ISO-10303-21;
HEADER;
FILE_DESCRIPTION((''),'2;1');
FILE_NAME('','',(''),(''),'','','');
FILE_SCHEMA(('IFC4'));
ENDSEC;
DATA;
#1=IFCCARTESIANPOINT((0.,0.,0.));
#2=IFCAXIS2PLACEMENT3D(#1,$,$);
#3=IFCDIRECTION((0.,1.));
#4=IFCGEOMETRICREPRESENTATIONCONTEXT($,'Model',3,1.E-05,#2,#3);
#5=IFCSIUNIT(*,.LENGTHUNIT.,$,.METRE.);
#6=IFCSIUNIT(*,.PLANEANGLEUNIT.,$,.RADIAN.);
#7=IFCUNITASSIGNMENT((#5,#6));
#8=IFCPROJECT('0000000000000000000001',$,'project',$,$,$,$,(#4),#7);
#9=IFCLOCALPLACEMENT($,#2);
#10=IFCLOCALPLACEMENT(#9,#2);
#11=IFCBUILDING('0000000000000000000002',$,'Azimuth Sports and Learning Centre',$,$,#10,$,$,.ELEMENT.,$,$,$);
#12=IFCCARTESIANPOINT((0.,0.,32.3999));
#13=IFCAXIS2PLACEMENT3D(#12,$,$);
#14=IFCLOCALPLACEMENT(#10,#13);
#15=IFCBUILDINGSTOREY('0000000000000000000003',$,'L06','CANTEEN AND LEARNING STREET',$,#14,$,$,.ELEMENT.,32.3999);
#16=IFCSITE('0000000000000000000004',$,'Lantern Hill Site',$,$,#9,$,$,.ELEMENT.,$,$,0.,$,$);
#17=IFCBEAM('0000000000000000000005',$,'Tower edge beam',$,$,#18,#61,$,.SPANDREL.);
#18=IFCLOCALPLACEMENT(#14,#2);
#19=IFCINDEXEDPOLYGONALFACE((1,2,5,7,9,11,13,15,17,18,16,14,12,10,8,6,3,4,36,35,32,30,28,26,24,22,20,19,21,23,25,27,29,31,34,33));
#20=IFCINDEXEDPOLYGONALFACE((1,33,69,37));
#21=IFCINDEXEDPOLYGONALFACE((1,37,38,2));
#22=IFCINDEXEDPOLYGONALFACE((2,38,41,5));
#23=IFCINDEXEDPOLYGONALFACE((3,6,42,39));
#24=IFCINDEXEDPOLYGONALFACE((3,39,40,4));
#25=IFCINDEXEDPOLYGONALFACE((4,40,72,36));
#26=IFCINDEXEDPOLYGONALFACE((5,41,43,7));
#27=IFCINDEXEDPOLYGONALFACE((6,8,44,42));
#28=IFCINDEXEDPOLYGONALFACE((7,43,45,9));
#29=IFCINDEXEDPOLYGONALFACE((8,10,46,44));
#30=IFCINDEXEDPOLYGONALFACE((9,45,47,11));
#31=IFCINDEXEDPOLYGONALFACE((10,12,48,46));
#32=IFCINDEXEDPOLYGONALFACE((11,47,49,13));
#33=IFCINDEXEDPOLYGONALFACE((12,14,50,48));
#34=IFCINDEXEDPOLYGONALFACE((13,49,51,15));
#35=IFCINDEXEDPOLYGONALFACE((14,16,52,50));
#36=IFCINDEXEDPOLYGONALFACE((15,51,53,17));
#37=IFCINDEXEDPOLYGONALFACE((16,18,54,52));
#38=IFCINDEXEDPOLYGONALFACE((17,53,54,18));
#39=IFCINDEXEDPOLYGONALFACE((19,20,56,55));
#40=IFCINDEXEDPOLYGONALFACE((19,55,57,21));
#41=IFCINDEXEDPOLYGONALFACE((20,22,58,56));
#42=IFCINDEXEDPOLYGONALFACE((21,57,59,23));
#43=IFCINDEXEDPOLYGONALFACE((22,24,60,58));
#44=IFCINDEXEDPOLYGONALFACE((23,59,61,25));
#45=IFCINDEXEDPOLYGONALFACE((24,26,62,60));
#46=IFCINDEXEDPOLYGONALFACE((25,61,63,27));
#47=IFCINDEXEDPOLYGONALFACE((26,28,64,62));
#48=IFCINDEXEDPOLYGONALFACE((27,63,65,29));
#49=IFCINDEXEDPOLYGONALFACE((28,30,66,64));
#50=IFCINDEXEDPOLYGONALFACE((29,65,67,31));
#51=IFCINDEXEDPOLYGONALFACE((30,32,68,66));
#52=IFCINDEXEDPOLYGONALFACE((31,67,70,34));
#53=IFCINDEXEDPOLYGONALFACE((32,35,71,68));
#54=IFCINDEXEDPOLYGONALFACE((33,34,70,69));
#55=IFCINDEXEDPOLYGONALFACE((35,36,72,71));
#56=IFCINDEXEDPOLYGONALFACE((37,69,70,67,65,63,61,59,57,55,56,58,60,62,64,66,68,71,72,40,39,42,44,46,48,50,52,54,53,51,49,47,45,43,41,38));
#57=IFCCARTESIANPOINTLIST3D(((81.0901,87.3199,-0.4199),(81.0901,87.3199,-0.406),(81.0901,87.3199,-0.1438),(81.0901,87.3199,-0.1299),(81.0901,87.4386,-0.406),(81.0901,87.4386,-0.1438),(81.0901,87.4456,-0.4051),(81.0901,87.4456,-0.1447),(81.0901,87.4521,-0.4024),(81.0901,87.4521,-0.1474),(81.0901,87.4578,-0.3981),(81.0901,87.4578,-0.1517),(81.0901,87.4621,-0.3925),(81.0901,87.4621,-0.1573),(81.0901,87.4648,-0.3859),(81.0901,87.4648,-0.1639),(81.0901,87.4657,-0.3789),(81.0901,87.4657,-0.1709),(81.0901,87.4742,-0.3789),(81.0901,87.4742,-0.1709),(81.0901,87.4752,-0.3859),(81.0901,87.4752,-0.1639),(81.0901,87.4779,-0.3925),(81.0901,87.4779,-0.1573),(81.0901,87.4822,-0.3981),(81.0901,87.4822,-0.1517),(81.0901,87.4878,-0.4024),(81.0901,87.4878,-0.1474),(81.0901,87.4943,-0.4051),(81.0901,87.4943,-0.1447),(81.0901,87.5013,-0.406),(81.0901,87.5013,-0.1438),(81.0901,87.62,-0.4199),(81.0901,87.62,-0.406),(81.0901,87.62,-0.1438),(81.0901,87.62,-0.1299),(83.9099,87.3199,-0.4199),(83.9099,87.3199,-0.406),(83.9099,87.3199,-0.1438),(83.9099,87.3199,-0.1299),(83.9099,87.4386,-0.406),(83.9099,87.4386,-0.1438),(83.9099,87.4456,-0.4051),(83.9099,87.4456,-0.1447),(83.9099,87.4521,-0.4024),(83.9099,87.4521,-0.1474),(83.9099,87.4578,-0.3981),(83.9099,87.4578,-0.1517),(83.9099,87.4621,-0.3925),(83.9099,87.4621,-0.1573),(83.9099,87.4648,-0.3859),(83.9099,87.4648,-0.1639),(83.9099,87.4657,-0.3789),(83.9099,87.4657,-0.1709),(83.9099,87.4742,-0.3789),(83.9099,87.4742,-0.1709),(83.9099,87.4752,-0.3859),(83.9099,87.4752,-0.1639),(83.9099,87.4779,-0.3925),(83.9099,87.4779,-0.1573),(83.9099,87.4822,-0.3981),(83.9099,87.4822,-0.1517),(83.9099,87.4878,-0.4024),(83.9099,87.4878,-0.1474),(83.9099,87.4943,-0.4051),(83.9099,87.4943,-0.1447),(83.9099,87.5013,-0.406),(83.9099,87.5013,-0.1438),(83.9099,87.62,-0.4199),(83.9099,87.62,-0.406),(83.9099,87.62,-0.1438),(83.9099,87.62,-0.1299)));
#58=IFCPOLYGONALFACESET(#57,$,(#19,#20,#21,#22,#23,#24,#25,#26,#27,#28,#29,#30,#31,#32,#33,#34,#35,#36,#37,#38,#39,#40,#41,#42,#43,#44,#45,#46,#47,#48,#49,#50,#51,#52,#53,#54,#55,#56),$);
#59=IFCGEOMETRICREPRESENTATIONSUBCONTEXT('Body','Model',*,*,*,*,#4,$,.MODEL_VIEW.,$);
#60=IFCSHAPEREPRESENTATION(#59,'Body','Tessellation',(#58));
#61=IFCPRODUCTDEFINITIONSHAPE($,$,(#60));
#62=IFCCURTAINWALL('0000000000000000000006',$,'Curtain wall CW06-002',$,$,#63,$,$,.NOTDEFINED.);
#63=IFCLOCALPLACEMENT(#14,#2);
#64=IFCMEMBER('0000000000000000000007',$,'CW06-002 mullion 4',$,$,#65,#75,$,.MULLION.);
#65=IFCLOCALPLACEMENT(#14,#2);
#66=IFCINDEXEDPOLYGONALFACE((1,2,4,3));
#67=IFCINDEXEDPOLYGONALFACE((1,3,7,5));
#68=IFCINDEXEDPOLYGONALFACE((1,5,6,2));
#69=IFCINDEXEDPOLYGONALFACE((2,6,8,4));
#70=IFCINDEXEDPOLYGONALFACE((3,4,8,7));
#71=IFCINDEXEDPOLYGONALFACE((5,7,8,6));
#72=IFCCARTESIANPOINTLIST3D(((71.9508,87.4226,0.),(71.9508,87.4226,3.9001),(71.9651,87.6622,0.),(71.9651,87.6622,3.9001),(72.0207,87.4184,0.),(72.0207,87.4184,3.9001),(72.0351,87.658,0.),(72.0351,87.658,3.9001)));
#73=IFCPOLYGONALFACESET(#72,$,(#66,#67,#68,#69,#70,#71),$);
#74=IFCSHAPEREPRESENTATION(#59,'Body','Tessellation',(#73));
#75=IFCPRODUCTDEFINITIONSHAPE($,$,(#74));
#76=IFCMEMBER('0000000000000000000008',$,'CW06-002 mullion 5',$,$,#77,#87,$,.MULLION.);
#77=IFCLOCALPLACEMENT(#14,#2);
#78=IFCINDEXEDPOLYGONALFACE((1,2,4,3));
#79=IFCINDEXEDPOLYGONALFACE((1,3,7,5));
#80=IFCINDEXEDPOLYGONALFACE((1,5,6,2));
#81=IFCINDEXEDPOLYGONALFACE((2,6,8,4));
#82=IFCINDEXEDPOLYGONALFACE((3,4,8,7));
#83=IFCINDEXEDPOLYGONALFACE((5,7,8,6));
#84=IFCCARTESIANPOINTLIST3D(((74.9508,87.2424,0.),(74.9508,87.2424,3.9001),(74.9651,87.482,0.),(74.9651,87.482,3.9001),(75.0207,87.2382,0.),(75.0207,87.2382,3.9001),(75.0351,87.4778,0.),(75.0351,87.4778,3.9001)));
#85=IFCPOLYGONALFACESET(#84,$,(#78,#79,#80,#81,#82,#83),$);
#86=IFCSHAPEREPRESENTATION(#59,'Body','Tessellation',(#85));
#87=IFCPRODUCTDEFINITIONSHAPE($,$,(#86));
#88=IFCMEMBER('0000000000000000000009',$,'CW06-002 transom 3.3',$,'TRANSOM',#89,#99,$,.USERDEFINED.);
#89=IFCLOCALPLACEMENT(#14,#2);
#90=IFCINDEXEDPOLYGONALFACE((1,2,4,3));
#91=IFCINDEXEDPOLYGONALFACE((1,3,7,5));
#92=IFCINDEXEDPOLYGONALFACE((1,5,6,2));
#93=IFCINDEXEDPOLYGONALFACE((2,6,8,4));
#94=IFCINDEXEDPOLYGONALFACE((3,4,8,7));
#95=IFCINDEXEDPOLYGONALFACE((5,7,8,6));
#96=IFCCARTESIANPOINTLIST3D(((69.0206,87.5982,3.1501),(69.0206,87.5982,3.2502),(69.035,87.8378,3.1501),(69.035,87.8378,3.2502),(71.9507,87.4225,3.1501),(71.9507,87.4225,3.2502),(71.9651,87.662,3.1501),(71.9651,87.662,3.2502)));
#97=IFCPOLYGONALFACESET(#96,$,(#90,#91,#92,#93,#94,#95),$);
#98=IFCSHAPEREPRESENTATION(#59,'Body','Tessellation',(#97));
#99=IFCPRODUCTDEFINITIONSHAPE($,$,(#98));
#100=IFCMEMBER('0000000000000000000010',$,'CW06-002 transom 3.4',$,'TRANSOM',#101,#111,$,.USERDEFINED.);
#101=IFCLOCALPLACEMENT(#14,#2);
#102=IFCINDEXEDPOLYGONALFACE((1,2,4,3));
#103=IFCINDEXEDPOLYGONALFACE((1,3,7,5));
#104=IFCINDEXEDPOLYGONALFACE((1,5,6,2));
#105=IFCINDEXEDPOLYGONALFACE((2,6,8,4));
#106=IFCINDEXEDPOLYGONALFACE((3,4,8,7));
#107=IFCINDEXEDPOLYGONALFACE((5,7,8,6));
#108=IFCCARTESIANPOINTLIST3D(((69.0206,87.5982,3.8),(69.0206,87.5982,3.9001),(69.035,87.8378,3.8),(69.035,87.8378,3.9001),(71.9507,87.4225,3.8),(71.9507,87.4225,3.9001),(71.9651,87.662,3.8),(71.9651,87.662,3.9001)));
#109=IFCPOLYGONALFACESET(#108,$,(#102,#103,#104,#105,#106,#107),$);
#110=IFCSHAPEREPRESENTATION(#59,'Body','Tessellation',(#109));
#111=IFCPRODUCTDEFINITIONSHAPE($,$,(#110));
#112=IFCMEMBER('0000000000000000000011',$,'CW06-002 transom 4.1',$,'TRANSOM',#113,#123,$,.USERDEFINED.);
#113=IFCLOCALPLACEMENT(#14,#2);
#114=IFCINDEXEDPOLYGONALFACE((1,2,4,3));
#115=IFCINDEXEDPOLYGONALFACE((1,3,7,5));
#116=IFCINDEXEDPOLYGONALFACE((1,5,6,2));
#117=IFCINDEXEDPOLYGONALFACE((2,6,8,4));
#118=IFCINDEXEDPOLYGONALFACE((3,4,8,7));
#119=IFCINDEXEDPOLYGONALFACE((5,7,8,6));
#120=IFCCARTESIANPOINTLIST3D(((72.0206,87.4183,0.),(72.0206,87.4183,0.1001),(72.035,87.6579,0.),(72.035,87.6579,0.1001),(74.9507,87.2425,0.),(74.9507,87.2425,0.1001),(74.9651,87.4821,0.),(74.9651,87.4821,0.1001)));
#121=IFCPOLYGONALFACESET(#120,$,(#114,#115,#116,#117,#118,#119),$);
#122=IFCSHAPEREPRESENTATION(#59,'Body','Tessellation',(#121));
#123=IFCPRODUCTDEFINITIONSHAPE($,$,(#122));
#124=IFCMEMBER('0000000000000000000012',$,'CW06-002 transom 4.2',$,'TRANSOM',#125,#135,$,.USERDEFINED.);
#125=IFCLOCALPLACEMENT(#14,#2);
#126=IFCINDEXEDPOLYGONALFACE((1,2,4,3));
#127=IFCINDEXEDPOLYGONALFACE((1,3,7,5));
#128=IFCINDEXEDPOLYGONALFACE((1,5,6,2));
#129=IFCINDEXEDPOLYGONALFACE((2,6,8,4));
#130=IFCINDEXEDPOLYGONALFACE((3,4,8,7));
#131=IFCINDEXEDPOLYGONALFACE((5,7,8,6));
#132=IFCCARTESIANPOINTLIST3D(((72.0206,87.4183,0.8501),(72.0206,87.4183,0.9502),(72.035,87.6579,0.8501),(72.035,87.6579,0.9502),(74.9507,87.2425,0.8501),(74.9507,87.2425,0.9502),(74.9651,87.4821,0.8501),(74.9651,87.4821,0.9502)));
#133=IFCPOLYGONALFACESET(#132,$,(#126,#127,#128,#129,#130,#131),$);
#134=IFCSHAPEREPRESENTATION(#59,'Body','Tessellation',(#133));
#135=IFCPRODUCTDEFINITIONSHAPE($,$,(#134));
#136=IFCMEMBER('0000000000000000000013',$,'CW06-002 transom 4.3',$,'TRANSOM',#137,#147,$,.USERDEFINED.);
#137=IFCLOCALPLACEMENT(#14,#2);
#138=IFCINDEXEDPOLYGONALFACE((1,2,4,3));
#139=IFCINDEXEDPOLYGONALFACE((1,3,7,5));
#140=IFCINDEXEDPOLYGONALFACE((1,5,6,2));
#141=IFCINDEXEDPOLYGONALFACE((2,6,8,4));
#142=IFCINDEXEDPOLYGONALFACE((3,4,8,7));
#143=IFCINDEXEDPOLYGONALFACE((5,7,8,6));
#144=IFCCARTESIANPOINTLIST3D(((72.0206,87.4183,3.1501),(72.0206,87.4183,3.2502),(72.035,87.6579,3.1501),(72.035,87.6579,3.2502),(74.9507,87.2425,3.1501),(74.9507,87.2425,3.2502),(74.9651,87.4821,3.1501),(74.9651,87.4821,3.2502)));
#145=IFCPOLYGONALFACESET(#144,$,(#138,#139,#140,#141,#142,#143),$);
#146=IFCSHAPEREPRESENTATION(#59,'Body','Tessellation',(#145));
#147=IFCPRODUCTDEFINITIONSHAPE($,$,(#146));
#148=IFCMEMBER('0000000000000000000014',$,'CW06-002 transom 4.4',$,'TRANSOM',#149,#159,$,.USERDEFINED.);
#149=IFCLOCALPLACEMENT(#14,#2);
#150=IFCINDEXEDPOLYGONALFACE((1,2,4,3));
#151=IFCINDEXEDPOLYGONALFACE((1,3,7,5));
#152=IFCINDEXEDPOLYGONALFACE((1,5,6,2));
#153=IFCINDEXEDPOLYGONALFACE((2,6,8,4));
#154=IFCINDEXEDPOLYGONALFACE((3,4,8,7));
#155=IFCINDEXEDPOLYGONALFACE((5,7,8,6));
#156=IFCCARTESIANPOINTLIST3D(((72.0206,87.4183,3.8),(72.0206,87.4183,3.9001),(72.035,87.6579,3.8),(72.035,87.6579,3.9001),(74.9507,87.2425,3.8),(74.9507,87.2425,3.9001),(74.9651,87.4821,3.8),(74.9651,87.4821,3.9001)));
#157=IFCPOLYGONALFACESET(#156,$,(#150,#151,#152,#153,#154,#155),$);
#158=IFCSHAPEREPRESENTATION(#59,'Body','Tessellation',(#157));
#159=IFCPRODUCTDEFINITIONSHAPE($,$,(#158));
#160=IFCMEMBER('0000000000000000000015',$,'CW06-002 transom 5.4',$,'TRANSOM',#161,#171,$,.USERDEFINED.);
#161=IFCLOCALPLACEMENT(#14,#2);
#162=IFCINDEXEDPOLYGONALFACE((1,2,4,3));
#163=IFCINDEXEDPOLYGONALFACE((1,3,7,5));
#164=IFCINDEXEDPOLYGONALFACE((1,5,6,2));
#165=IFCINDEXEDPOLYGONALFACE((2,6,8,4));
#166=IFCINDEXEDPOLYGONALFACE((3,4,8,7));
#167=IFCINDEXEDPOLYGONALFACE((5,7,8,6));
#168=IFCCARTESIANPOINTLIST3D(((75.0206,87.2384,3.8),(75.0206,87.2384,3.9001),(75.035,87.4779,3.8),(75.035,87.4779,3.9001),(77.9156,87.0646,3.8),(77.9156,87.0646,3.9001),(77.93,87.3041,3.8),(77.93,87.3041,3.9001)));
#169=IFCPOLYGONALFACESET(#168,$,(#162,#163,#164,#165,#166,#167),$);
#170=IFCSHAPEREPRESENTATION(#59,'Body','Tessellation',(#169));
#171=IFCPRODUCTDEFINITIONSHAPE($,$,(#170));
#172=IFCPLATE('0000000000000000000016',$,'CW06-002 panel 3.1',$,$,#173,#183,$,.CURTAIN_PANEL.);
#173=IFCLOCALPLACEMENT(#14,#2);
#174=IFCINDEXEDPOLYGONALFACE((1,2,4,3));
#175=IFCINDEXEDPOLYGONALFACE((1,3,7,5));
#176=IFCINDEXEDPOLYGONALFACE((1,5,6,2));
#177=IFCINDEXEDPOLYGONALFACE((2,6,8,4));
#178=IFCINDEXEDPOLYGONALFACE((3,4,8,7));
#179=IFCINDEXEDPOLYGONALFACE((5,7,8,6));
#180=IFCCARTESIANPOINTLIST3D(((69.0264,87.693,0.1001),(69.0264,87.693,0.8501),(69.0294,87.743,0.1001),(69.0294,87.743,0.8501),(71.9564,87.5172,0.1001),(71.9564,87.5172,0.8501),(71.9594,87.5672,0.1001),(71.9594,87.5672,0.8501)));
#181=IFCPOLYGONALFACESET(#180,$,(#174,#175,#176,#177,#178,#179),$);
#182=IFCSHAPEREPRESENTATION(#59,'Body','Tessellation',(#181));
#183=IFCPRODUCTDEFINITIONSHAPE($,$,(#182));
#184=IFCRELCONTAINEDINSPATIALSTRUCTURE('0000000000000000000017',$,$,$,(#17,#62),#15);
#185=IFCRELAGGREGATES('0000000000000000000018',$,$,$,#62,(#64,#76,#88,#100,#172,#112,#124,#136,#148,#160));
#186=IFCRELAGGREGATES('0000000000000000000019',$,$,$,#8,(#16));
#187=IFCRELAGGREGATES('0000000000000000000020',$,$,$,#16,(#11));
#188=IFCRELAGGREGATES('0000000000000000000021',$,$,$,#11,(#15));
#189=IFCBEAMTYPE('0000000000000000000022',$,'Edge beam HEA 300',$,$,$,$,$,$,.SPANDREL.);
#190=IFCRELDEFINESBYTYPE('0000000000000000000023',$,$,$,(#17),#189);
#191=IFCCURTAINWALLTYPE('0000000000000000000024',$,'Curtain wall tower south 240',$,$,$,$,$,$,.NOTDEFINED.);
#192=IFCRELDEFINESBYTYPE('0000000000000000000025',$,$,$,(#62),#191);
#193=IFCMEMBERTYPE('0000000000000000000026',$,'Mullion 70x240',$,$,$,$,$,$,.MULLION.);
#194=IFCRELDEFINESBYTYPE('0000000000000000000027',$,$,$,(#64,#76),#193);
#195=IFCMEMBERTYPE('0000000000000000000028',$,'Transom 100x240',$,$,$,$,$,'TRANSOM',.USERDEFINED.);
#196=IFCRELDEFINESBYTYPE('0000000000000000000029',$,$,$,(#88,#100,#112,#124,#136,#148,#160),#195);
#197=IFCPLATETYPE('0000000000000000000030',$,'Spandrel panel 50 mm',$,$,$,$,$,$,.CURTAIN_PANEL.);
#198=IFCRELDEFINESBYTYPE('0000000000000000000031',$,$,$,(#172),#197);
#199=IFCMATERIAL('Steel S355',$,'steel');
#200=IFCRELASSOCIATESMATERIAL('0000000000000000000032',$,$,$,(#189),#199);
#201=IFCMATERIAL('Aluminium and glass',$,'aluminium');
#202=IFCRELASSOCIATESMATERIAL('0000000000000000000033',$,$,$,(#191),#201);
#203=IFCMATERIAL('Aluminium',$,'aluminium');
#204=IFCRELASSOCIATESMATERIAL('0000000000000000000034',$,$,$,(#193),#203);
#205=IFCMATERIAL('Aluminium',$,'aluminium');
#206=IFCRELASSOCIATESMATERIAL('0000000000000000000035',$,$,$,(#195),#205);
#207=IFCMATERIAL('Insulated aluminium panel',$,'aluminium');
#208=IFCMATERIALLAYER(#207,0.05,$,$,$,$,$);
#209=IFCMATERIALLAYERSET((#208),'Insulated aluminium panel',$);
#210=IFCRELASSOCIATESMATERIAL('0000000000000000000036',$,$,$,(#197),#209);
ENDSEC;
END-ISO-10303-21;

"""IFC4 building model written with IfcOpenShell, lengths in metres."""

from ifc_helpers import new_model, si_unit, direction, frame, origin, origin_2d, place, context, subcontext, project, spatial, rectangle, i_section, extrude, material, layer, layer_set, material_profile, profile_set, type_object, element, aggregate, save


model = new_model("IFC4")

# Units and contexts
model_context = context("Model", 3, precision=1e-05, world=origin(), true_north=direction((0.0, 1.0)))
body_context = subcontext(model_context, "Body", "Model", "MODEL_VIEW")
ifc_project = project(units=[si_unit("LENGTHUNIT", "METRE"), si_unit("PLANEANGLEUNIT", "RADIAN")], contexts=[model_context])

# Site, building, storey
site_placement = place(None, origin())
site = spatial("IfcSite", under=ifc_project, at=site_placement, Name="Lantern Hill Site", CompositionType="ELEMENT", RefElevation=0.0)
building_placement = place(site_placement, origin())
building = spatial("IfcBuilding", under=site, at=building_placement, Name="Azimuth Sports and Learning Centre", CompositionType="ELEMENT")
storey_placement = place(building_placement, frame((0.0, 0.0, 32.3999)))
storey = spatial("IfcBuildingStorey", under=building, at=storey_placement, Name="L06", Description="CANTEEN AND LEARNING STREET", CompositionType="ELEMENT", Elevation=32.3999)

# Beam
ifc_material_1 = material(Name="Steel S355", Category="steel")
ifc_material_profile_1 = material_profile(ifc_material_1, i_section(OverallWidth=0.3, OverallDepth=0.29, WebThickness=0.0085, FlangeThickness=0.0139, FilletRadius=0.0271, at=origin_2d()), Name="HEA 300")
ifc_profile_set_1 = profile_set([ifc_material_profile_1], Name="Steel S355")
beam_type = type_object("IfcBeamType", Name="Edge beam HEA 300", PredefinedType="SPANDREL", material=ifc_profile_set_1)
for number, where, z_axis, x_axis, name in (
    (1, (81.0901, 87.47, -0.2749), (1.0, 0.0, 0.0), (0.0, 1.0, 0.0), "Tower edge beam"),
):
    element("IfcBeam", number, at=place(storey_placement, frame(where, z_axis=z_axis, x_axis=x_axis)), inside=storey, type_object=beam_type, Name=name, PredefinedType="SPANDREL", context=body_context, shape_type="SweptSolid", body=[
        extrude(i_section(OverallWidth=0.3, OverallDepth=0.29, WebThickness=0.0085, FlangeThickness=0.0139, FilletRadius=0.0271, at=origin_2d()), origin(), (0.0, 0.0, 1.0), 2.8198),
    ])

# Curtain wall, members, plate
ifc_material_2 = material(Name="Aluminium and glass", Category="aluminium")
curtain_wall_type = type_object("IfcCurtainWallType", Name="Curtain wall tower south 240", PredefinedType="NOTDEFINED", material=ifc_material_2)
curtain_wall_placement = place(storey_placement, origin())
curtain_wall = element("IfcCurtainWall", 2, at=curtain_wall_placement, inside=storey, type_object=curtain_wall_type, Name="Curtain wall CW06-002", PredefinedType="NOTDEFINED")
ifc_material_3 = material(Name="Aluminium", Category="aluminium")
ifc_material_profile_2 = material_profile(ifc_material_3, rectangle(XDim=0.24, YDim=0.0701, at=origin_2d()), Name="Mullion 70x240")
ifc_profile_set_2 = profile_set([ifc_material_profile_2], Name="Aluminium")
member_type_1 = type_object("IfcMemberType", Name="Mullion 70x240", PredefinedType="MULLION", material=ifc_profile_set_2)
member_1_placement = place(storey_placement, frame((71.9929, 87.5403, 0.0), z_axis=(0.0, 0.0, 1.0), x_axis=(0.059892, 0.998205, 0.0)))
member_1 = element("IfcMember", 3, at=member_1_placement, type_object=member_type_1, Name="CW06-002 mullion 4", PredefinedType="MULLION", context=body_context, shape_type="SweptSolid", body=[
    extrude(rectangle(XDim=0.24, YDim=0.0701, at=origin_2d()), origin(), (0.0, 0.0, 1.0), 3.9001),
])
member_2_placement = place(storey_placement, frame((74.9929, 87.3601, 0.0), z_axis=(0.0, 0.0, 1.0), x_axis=(0.059892, 0.998205, 0.0)))
member_2 = element("IfcMember", 4, at=member_2_placement, type_object=member_type_1, Name="CW06-002 mullion 5", PredefinedType="MULLION", context=body_context, shape_type="SweptSolid", body=[
    extrude(rectangle(XDim=0.24, YDim=0.0701, at=origin_2d()), origin(), (0.0, 0.0, 1.0), 3.9001),
])
ifc_material_4 = material(Name="Aluminium", Category="aluminium")
ifc_material_profile_3 = material_profile(ifc_material_4, rectangle(XDim=0.24, YDim=0.1001, at=origin_2d()), Name="Transom 100x240")
ifc_profile_set_3 = profile_set([ifc_material_profile_3], Name="Aluminium")
member_type_2 = type_object("IfcMemberType", Name="Transom 100x240", ElementType="TRANSOM", PredefinedType="USERDEFINED", material=ifc_profile_set_3)
member_3_placement = place(storey_placement, frame((69.0278, 87.718, 3.2002), z_axis=(0.998205, -0.059887, 0.0), x_axis=(0.059887, 0.998205, 0.0)))
member_3 = element("IfcMember", 5, at=member_3_placement, type_object=member_type_2, Name="CW06-002 transom 3.3", ObjectType="TRANSOM", PredefinedType="USERDEFINED", context=body_context, shape_type="SweptSolid", body=[
    extrude(rectangle(XDim=0.24, YDim=0.1001, at=origin_2d()), origin(), (0.0, 0.0, 1.0), 2.9353),
])
member_4_placement = place(storey_placement, frame((69.0278, 87.718, 3.8501), z_axis=(0.998205, -0.059887, 0.0), x_axis=(0.059887, 0.998205, 0.0)))
member_4 = element("IfcMember", 6, at=member_4_placement, type_object=member_type_2, Name="CW06-002 transom 3.4", ObjectType="TRANSOM", PredefinedType="USERDEFINED", context=body_context, shape_type="SweptSolid", body=[
    extrude(rectangle(XDim=0.24, YDim=0.1001, at=origin_2d()), origin(), (0.0, 0.0, 1.0), 2.9353),
])
member_5_placement = place(storey_placement, frame((72.0278, 87.5381, 0.05), z_axis=(0.998205, -0.059887, 0.0), x_axis=(0.059887, 0.998205, 0.0)))
member_5 = element("IfcMember", 7, at=member_5_placement, type_object=member_type_2, Name="CW06-002 transom 4.1", ObjectType="TRANSOM", PredefinedType="USERDEFINED", context=body_context, shape_type="SweptSolid", body=[
    extrude(rectangle(XDim=0.24, YDim=0.1001, at=origin_2d()), origin(), (0.0, 0.0, 1.0), 2.9353),
])
member_6_placement = place(storey_placement, frame((72.0278, 87.5381, 0.9001), z_axis=(0.998205, -0.059887, 0.0), x_axis=(0.059887, 0.998205, 0.0)))
member_6 = element("IfcMember", 8, at=member_6_placement, type_object=member_type_2, Name="CW06-002 transom 4.2", ObjectType="TRANSOM", PredefinedType="USERDEFINED", context=body_context, shape_type="SweptSolid", body=[
    extrude(rectangle(XDim=0.24, YDim=0.1001, at=origin_2d()), origin(), (0.0, 0.0, 1.0), 2.9353),
])
member_7_placement = place(storey_placement, frame((72.0278, 87.5381, 3.2002), z_axis=(0.998205, -0.059887, 0.0), x_axis=(0.059887, 0.998205, 0.0)))
member_7 = element("IfcMember", 9, at=member_7_placement, type_object=member_type_2, Name="CW06-002 transom 4.3", ObjectType="TRANSOM", PredefinedType="USERDEFINED", context=body_context, shape_type="SweptSolid", body=[
    extrude(rectangle(XDim=0.24, YDim=0.1001, at=origin_2d()), origin(), (0.0, 0.0, 1.0), 2.9353),
])
member_8_placement = place(storey_placement, frame((72.0278, 87.5381, 3.8501), z_axis=(0.998205, -0.059887, 0.0), x_axis=(0.059887, 0.998205, 0.0)))
member_8 = element("IfcMember", 10, at=member_8_placement, type_object=member_type_2, Name="CW06-002 transom 4.4", ObjectType="TRANSOM", PredefinedType="USERDEFINED", context=body_context, shape_type="SweptSolid", body=[
    extrude(rectangle(XDim=0.24, YDim=0.1001, at=origin_2d()), origin(), (0.0, 0.0, 1.0), 2.9353),
])
member_9_placement = place(storey_placement, frame((75.0278, 87.3582, 3.8501), z_axis=(0.998202, -0.059936, 0.0), x_axis=(0.059936, 0.998202, 0.0)))
member_9 = element("IfcMember", 11, at=member_9_placement, type_object=member_type_2, Name="CW06-002 transom 5.4", ObjectType="TRANSOM", PredefinedType="USERDEFINED", context=body_context, shape_type="SweptSolid", body=[
    extrude(rectangle(XDim=0.24, YDim=0.1001, at=origin_2d()), origin(), (0.0, 0.0, 1.0), 2.9001),
])
ifc_material_5 = material(Name="Insulated aluminium panel", Category="aluminium")
ifc_layer_1 = layer(ifc_material_5, 0.05)
ifc_layer_set_1 = layer_set([ifc_layer_1], Name="Insulated aluminium panel")
plate_type_1 = type_object("IfcPlateType", Name="Spandrel panel 50 mm", PredefinedType="CURTAIN_PANEL", material=ifc_layer_set_1)
plate_1_placement = place(storey_placement, frame((70.4929, 87.6301, 0.1001), z_axis=(0.0, 0.0, 1.0), x_axis=(0.998205, -0.059892, 0.0)))
plate_1 = element("IfcPlate", 12, at=plate_1_placement, type_object=plate_type_1, Name="CW06-002 panel 3.1", PredefinedType="CURTAIN_PANEL", context=body_context, shape_type="SweptSolid", body=[
    extrude(rectangle(XDim=2.9353, YDim=0.05, at=origin_2d()), origin(), (0.0, 0.0, 1.0), 0.75),
])
aggregate(curtain_wall, [member_1, member_2, member_3, member_4, plate_1, member_5, member_6, member_7, member_8, member_9])

save(model, "model.ifc")
